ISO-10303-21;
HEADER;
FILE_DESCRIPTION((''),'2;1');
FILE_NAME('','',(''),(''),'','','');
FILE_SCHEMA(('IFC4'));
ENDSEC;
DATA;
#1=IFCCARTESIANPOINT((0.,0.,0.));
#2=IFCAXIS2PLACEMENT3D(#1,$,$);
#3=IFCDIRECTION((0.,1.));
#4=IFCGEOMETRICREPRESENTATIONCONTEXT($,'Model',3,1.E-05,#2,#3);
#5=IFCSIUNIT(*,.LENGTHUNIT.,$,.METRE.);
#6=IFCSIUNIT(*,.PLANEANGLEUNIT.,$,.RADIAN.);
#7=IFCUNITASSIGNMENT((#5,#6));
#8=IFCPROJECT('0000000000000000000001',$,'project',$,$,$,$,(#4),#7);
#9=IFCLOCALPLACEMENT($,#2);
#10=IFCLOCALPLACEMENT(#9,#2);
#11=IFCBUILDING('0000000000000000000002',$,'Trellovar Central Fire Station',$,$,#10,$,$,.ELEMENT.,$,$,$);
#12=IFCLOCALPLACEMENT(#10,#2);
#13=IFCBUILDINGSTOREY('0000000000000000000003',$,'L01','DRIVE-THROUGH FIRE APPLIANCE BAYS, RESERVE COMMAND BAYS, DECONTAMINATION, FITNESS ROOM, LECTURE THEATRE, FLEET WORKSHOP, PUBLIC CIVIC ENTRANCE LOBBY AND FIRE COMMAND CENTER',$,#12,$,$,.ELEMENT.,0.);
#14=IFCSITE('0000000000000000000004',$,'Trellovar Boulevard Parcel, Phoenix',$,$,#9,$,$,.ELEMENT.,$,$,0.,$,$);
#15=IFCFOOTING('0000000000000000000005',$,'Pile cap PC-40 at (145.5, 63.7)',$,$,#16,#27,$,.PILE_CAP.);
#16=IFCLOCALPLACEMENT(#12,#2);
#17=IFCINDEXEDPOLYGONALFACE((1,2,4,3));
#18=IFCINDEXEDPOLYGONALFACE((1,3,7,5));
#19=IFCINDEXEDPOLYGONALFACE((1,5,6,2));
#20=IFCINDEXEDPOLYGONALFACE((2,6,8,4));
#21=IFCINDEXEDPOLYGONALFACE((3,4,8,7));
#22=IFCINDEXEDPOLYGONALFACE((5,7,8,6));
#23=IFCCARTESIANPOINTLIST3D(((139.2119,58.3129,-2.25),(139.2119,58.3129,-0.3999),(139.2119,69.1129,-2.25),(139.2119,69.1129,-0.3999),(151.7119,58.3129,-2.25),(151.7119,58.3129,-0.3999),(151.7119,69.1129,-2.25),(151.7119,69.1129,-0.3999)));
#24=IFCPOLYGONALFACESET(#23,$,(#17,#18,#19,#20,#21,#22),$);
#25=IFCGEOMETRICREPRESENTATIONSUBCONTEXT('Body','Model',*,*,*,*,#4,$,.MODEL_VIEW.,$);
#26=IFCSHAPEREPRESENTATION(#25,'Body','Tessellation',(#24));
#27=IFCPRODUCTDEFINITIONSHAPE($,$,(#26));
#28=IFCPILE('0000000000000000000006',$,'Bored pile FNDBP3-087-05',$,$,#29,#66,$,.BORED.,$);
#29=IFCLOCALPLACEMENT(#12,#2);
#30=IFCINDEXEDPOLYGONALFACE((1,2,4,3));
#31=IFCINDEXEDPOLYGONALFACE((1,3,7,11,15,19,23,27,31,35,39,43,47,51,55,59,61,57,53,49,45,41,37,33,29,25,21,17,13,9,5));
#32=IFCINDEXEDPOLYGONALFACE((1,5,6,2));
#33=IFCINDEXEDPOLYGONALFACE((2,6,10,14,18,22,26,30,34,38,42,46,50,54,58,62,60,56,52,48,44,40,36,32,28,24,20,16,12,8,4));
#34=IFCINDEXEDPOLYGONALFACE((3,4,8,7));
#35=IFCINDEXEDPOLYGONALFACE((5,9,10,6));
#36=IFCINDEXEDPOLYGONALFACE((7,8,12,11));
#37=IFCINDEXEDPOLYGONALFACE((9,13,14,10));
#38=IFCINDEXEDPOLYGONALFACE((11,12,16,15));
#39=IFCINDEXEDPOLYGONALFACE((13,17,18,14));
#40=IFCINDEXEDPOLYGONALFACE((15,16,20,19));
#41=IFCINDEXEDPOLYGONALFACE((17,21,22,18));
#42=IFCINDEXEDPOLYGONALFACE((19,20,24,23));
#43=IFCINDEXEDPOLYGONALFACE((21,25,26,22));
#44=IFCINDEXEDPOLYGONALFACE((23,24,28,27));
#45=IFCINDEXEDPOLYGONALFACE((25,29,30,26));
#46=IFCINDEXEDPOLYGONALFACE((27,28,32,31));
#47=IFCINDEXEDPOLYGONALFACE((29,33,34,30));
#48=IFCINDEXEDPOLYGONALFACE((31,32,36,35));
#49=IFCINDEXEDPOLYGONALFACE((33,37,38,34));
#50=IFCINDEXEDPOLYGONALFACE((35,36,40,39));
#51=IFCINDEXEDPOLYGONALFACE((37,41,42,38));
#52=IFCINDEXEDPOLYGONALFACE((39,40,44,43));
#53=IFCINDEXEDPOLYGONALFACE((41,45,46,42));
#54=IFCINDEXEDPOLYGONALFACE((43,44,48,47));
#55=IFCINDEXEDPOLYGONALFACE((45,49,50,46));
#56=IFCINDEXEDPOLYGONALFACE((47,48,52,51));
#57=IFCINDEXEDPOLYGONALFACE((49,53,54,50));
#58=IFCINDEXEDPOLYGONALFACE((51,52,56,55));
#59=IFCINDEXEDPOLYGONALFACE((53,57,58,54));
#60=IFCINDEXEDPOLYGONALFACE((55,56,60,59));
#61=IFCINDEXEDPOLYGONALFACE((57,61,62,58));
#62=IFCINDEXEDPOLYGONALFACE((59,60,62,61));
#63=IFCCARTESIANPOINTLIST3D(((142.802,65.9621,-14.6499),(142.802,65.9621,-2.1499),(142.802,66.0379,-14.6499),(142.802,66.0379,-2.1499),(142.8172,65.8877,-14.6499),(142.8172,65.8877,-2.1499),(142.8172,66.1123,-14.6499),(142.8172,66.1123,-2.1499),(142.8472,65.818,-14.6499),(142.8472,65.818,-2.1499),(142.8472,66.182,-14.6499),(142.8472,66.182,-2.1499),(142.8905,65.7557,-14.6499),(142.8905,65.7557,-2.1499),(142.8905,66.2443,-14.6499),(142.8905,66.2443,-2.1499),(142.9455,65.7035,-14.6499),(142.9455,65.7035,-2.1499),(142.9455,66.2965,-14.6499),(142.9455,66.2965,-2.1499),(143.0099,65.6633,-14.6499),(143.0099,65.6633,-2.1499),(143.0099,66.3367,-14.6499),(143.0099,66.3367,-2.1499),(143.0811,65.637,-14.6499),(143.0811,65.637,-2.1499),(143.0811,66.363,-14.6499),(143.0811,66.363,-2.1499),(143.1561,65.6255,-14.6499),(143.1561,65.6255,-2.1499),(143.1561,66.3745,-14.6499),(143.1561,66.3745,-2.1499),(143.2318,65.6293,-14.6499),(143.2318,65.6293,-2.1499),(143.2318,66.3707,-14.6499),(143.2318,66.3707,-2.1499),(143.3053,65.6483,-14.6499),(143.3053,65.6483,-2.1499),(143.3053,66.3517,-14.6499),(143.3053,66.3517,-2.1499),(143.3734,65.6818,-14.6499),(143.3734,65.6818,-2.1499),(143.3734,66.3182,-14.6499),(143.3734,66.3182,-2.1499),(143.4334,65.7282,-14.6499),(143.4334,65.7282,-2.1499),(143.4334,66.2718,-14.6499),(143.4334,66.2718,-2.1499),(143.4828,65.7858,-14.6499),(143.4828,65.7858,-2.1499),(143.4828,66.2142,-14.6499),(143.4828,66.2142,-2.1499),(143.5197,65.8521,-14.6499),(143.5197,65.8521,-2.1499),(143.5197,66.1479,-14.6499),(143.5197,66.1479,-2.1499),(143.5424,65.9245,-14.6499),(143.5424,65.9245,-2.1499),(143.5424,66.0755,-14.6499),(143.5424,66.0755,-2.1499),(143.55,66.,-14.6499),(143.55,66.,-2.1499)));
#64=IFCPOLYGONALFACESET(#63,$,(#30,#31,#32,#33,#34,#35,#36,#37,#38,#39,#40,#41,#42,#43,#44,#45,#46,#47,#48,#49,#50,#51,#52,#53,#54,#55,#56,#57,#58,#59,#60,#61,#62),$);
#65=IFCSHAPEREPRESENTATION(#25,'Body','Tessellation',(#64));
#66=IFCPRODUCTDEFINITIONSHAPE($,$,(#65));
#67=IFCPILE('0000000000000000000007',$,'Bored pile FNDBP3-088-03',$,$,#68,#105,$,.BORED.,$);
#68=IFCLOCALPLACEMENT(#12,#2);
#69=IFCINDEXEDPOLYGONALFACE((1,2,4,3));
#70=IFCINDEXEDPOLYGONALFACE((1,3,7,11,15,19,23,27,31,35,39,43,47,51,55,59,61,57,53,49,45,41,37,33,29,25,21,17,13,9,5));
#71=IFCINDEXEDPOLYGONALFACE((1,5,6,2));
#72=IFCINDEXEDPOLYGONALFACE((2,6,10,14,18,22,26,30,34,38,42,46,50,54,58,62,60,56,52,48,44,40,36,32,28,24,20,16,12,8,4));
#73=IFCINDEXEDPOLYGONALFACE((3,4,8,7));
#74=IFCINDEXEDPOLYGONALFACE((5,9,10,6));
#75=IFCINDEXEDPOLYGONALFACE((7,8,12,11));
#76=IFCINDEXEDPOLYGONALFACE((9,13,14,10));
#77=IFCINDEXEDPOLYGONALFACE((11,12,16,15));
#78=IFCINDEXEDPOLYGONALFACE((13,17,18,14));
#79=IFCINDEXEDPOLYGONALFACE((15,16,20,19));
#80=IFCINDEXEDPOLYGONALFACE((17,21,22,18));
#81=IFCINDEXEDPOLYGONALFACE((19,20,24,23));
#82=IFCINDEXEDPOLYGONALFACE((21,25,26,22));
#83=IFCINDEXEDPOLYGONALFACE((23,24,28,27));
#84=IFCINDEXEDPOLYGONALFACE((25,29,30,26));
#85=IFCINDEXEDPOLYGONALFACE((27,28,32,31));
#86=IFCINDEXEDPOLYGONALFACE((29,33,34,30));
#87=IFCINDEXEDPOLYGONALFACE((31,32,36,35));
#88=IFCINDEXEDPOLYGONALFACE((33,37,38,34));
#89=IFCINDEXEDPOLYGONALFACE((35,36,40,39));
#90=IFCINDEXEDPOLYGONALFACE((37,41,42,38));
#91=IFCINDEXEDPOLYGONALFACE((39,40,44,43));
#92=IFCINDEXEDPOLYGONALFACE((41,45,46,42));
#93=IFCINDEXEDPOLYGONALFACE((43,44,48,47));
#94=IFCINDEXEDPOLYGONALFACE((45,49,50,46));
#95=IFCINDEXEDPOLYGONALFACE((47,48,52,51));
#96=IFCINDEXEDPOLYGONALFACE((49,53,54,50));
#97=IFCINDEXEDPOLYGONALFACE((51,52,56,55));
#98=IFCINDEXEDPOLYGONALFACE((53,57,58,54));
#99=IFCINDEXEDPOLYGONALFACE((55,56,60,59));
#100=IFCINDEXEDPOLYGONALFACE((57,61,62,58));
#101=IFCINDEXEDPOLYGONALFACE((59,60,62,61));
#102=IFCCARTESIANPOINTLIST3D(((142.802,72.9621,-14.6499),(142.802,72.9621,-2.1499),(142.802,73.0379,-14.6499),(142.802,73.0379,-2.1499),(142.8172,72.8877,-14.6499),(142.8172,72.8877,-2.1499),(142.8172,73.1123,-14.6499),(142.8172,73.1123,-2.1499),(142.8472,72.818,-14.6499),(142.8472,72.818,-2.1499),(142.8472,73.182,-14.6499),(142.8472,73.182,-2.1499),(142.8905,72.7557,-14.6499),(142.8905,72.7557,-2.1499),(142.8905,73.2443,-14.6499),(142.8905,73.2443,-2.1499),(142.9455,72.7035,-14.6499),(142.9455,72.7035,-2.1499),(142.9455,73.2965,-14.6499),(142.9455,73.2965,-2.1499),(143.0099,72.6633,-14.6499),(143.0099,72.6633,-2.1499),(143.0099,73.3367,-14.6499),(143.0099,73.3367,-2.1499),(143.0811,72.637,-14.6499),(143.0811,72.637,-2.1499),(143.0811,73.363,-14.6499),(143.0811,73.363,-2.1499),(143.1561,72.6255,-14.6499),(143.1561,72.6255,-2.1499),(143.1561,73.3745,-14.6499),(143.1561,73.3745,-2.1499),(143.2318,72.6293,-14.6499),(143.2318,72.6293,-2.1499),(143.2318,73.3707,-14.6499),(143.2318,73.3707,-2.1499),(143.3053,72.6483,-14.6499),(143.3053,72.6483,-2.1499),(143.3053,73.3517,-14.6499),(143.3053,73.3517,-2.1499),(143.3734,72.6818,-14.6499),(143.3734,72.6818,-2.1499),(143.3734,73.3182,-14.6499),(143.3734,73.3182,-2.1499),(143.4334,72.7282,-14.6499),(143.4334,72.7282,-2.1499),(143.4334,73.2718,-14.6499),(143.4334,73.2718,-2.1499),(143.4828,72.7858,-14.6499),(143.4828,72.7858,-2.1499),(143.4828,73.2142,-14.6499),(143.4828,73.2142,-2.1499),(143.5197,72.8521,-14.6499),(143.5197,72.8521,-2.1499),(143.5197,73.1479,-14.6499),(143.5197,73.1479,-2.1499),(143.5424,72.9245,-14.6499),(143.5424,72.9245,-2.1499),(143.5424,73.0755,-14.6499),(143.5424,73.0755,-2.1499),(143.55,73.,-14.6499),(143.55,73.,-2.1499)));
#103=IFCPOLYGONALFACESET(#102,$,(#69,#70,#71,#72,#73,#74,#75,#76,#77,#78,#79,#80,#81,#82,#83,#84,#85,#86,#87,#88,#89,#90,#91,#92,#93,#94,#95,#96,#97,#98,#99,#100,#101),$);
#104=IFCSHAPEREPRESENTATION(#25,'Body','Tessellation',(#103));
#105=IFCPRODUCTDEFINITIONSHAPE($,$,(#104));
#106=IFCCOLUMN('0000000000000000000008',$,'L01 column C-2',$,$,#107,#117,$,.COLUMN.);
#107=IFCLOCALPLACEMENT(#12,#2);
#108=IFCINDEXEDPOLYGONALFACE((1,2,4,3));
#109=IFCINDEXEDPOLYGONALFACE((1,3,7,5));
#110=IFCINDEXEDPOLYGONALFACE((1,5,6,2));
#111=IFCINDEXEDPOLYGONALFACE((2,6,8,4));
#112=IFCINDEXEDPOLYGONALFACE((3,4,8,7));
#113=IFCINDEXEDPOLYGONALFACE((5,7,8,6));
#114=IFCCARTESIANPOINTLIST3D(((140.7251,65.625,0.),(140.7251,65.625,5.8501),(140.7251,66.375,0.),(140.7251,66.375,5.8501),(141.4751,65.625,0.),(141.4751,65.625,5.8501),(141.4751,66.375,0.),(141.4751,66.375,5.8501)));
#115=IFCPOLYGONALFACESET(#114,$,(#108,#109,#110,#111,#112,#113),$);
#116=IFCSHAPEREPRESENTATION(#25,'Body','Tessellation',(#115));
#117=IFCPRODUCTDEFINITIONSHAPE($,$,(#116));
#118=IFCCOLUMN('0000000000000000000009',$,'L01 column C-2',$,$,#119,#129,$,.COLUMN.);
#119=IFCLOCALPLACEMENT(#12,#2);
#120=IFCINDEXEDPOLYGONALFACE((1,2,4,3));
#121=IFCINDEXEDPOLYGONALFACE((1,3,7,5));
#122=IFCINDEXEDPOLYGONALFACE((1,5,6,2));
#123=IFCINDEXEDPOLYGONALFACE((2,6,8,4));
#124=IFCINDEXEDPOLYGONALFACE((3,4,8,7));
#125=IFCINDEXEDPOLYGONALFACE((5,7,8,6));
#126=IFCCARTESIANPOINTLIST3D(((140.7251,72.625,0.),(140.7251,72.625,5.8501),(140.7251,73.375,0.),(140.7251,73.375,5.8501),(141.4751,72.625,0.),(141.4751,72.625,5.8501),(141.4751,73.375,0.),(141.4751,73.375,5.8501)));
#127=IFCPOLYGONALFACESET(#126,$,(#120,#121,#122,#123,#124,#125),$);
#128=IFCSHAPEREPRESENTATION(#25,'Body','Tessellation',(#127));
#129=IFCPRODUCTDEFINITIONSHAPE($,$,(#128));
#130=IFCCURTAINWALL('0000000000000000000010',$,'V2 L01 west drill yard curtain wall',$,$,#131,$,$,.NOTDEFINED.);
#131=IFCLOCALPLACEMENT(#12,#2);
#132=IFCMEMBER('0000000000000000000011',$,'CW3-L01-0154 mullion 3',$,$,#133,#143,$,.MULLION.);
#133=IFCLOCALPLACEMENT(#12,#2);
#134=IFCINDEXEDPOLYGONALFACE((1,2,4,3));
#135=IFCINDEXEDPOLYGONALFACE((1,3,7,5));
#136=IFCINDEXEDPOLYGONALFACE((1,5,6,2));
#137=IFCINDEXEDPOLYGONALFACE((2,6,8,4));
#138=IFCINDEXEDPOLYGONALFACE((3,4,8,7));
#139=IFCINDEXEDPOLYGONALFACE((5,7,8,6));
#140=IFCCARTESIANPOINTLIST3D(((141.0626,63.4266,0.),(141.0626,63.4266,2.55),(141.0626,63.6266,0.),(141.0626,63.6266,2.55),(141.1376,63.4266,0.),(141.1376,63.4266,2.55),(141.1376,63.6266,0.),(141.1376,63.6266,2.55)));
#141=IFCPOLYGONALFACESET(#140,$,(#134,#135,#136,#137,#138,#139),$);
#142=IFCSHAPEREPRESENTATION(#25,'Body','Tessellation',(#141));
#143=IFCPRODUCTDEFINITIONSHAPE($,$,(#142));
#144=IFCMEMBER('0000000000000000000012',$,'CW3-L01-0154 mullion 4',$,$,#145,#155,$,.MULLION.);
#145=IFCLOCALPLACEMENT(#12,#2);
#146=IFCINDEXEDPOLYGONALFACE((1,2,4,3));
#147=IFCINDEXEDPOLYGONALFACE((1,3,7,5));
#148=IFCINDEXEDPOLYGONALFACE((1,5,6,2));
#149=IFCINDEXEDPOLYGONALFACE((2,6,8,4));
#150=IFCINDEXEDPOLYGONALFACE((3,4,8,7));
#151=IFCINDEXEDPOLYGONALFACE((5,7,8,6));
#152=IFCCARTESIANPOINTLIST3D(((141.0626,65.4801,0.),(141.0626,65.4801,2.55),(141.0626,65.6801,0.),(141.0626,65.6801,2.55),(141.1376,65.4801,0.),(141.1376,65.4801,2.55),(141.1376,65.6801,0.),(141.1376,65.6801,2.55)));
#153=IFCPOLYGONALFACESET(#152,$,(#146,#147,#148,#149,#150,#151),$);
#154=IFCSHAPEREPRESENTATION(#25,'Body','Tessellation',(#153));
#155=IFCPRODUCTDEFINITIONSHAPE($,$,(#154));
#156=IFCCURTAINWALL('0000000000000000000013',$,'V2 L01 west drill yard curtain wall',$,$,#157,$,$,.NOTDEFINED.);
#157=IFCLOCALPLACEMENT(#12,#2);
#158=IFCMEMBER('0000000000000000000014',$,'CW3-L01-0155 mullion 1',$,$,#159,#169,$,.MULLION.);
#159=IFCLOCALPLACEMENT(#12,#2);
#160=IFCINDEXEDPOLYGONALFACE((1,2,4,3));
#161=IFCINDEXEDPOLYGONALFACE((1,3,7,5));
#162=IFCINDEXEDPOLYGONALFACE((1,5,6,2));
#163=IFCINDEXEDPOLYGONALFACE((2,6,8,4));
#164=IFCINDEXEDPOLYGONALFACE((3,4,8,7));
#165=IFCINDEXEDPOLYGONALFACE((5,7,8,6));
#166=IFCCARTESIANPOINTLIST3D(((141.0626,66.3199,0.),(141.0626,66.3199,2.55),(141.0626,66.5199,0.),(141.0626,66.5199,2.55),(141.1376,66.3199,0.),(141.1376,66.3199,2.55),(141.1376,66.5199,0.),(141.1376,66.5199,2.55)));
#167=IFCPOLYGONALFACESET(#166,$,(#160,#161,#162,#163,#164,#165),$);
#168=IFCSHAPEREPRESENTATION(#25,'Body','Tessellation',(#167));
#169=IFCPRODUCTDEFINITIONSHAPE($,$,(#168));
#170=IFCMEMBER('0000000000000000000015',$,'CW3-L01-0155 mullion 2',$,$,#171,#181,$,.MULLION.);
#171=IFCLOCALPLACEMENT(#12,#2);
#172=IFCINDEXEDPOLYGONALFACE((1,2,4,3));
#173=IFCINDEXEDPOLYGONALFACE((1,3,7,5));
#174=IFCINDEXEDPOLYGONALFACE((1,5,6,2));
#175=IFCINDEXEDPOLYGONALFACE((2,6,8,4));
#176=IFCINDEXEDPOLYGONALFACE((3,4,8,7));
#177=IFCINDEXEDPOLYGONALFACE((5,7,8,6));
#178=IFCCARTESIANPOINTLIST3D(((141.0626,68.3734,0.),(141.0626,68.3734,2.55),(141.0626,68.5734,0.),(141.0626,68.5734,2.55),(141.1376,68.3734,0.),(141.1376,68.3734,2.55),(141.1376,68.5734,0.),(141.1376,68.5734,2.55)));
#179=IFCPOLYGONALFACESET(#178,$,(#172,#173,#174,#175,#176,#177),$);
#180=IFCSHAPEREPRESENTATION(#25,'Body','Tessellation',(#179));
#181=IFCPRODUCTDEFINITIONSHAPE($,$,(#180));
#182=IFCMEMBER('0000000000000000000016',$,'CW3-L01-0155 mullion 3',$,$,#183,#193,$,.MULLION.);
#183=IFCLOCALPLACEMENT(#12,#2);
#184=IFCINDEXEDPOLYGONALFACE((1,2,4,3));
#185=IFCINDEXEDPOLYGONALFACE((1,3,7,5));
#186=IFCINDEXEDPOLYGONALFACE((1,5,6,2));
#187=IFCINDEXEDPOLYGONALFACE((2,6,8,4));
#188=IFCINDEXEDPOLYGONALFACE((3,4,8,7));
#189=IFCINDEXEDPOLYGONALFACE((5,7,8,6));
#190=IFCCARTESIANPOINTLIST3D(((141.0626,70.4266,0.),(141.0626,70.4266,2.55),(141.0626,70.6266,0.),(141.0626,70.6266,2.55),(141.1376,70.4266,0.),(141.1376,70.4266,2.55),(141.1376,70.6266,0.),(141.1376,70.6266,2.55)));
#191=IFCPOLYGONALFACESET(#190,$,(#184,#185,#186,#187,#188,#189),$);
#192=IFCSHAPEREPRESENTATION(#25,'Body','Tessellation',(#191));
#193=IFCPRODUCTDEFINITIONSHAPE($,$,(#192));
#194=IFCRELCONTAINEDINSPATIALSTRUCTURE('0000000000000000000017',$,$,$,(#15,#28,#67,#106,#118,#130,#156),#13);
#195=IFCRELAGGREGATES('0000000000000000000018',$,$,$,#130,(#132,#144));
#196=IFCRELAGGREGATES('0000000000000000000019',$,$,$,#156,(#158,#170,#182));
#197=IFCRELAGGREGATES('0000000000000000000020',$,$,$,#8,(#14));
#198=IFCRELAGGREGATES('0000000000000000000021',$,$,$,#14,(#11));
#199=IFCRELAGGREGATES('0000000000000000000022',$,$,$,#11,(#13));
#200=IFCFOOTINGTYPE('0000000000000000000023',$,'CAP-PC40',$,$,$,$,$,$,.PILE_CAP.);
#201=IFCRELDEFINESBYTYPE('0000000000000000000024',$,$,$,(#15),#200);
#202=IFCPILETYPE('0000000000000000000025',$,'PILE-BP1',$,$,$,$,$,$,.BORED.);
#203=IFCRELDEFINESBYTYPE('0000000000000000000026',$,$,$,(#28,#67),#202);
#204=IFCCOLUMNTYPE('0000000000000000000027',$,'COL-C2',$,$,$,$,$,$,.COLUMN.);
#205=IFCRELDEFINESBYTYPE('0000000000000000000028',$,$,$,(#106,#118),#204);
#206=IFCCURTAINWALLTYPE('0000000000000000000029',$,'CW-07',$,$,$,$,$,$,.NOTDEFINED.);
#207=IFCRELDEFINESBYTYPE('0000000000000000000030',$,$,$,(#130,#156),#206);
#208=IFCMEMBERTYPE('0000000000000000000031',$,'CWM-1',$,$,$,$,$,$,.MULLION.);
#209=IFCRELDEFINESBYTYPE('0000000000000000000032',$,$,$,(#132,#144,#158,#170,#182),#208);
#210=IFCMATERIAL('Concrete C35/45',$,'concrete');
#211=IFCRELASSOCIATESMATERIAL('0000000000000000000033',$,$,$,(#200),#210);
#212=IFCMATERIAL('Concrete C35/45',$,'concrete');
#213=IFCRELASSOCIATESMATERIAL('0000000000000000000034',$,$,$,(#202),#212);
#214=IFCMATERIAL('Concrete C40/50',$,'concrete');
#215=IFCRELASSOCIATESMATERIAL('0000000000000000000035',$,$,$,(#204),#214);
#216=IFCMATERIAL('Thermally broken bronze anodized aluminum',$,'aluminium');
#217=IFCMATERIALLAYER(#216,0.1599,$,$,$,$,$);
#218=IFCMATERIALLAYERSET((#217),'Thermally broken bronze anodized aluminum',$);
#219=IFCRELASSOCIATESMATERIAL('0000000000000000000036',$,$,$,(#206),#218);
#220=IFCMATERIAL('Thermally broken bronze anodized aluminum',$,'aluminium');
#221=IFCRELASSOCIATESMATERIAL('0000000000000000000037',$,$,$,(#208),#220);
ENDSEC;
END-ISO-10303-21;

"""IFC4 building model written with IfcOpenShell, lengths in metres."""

from ifc_helpers import new_model, si_unit, direction, frame, origin, origin_2d, place, context, subcontext, project, spatial, rectangle, circle, extrude, material, layer, layer_set, material_profile, profile_set, type_object, element, aggregate, save


model = new_model("IFC4")

# Units and contexts
model_context = context("Model", 3, precision=1e-05, world=origin(), true_north=direction((0.0, 1.0)))
body_context = subcontext(model_context, "Body", "Model", "MODEL_VIEW")
ifc_project = project(units=[si_unit("LENGTHUNIT", "METRE"), si_unit("PLANEANGLEUNIT", "RADIAN")], contexts=[model_context])

# Site, building, storey
site_placement = place(None, origin())
site = spatial("IfcSite", under=ifc_project, at=site_placement, Name="Trellovar Boulevard Parcel, Phoenix", CompositionType="ELEMENT", RefElevation=0.0)
building_placement = place(site_placement, origin())
building = spatial("IfcBuilding", under=site, at=building_placement, Name="Trellovar Central Fire Station", CompositionType="ELEMENT")
storey_placement = place(building_placement, origin())
storey = spatial("IfcBuildingStorey", under=building, at=storey_placement, Name="L01", Description="DRIVE-THROUGH FIRE APPLIANCE BAYS, RESERVE COMMAND BAYS, DECONTAMINATION, FITNESS ROOM, LECTURE THEATRE, FLEET WORKSHOP, PUBLIC CIVIC ENTRANCE LOBBY AND FIRE COMMAND CENTER", CompositionType="ELEMENT", Elevation=0.0)

# Footing
ifc_material_1 = material(Name="Concrete C35/45", Category="concrete")
footing_type = type_object("IfcFootingType", Name="CAP-PC40", PredefinedType="PILE_CAP", material=ifc_material_1)
footing_placement = place(storey_placement, frame((145.4619, 63.7129, -2.25), z_axis=(0.0, 0.0, 1.0), x_axis=(1.0, 0.0, 0.0)))
element("IfcFooting", 1, at=footing_placement, inside=storey, type_object=footing_type, Name="Pile cap PC-40 at (145.5, 63.7)", PredefinedType="PILE_CAP", context=body_context, shape_type="SweptSolid", body=[
    extrude(rectangle(XDim=12.5, YDim=10.8, at=origin_2d()), origin(), (0.0, 0.0, 1.0), 1.8501),
])

# Piles
ifc_material_2 = material(Name="Concrete C35/45", Category="concrete")
ifc_material_profile_1 = material_profile(ifc_material_2, circle(Radius=0.375, at=origin_2d()), Name="PILE750")
ifc_profile_set_1 = profile_set([ifc_material_profile_1], Name="Concrete C35/45")
pile_type = type_object("IfcPileType", Name="PILE-BP1", PredefinedType="BORED", material=ifc_profile_set_1)
for number, where, z_axis, x_axis, name in (
    (2, (143.175, 66.0, -2.1499), (0.0, 0.0, -1.0), (1.0, 0.0, 0.0), "Bored pile FNDBP3-087-05"),
    (3, (143.175, 73.0, -2.1499), (0.0, 0.0, -1.0), (1.0, 0.0, 0.0), "Bored pile FNDBP3-088-03"),
):
    element("IfcPile", number, at=place(storey_placement, frame(where, z_axis=z_axis, x_axis=x_axis)), inside=storey, type_object=pile_type, Name=name, PredefinedType="BORED", context=body_context, shape_type="SweptSolid", body=[
        extrude(circle(Radius=0.375, at=origin_2d()), origin(), (0.0, 0.0, 1.0), 12.5),
    ])

# Columns
ifc_material_3 = material(Name="Concrete C40/50", Category="concrete")
ifc_material_profile_2 = material_profile(ifc_material_3, rectangle(XDim=0.75, YDim=0.75, at=origin_2d()), Name="RC750X750")
ifc_profile_set_2 = profile_set([ifc_material_profile_2], Name="Concrete C40/50")
column_type = type_object("IfcColumnType", Name="COL-C2", PredefinedType="COLUMN", material=ifc_profile_set_2)
for number, where, z_axis, x_axis, name in (
    (4, (141.1001, 66.0, 0.0), (0.0, 0.0, 1.0), (1.0, 0.0, 0.0), "L01 column C-2"),
    (5, (141.1001, 73.0, 0.0), (0.0, 0.0, 1.0), (1.0, 0.0, 0.0), "L01 column C-2"),
):
    element("IfcColumn", number, at=place(storey_placement, frame(where, z_axis=z_axis, x_axis=x_axis)), inside=storey, type_object=column_type, Name=name, PredefinedType="COLUMN", context=body_context, shape_type="SweptSolid", body=[
        extrude(rectangle(XDim=0.75, YDim=0.75, at=origin_2d()), origin(), (0.0, 0.0, 1.0), 5.8501),
    ])

# Curtain walls, members
ifc_material_4 = material(Name="Thermally broken bronze anodized aluminum", Category="aluminium")
ifc_layer_1 = layer(ifc_material_4, 0.1599)
ifc_layer_set_1 = layer_set([ifc_layer_1], Name="Thermally broken bronze anodized aluminum")
curtain_wall_type = type_object("IfcCurtainWallType", Name="CW-07", PredefinedType="NOTDEFINED", material=ifc_layer_set_1)
curtain_wall_1_placement = place(storey_placement, origin())
curtain_wall_1 = element("IfcCurtainWall", 6, at=curtain_wall_1_placement, inside=storey, type_object=curtain_wall_type, Name="V2 L01 west drill yard curtain wall", PredefinedType="NOTDEFINED")
ifc_material_5 = material(Name="Thermally broken bronze anodized aluminum", Category="aluminium")
ifc_material_profile_3 = material_profile(ifc_material_5, rectangle(XDim=0.075, YDim=0.2, at=origin_2d()), Name="ALU75X200")
ifc_profile_set_3 = profile_set([ifc_material_profile_3], Name="Thermally broken bronze anodized aluminum")
member_type_1 = type_object("IfcMemberType", Name="CWM-1", PredefinedType="MULLION", material=ifc_profile_set_3)
member_1_placement = place(storey_placement, frame((141.1001, 63.5266, 0.0), z_axis=(0.0, 0.0, 1.0), x_axis=(1.0, 0.0, 0.0)))
member_1 = element("IfcMember", 7, at=member_1_placement, type_object=member_type_1, Name="CW3-L01-0154 mullion 3", PredefinedType="MULLION", context=body_context, shape_type="SweptSolid", body=[
    extrude(rectangle(XDim=0.075, YDim=0.2, at=origin_2d()), origin(), (0.0, 0.0, 1.0), 2.55),
])
member_2_placement = place(storey_placement, frame((141.1001, 65.5801, 0.0), z_axis=(0.0, 0.0, 1.0), x_axis=(1.0, 0.0, 0.0)))
member_2 = element("IfcMember", 8, at=member_2_placement, type_object=member_type_1, Name="CW3-L01-0154 mullion 4", PredefinedType="MULLION", context=body_context, shape_type="SweptSolid", body=[
    extrude(rectangle(XDim=0.075, YDim=0.2, at=origin_2d()), origin(), (0.0, 0.0, 1.0), 2.55),
])
curtain_wall_2_placement = place(storey_placement, origin())
curtain_wall_2 = element("IfcCurtainWall", 9, at=curtain_wall_2_placement, inside=storey, type_object=curtain_wall_type, Name="V2 L01 west drill yard curtain wall", PredefinedType="NOTDEFINED")
member_3_placement = place(storey_placement, frame((141.1001, 66.4199, 0.0), z_axis=(0.0, 0.0, 1.0), x_axis=(1.0, 0.0, 0.0)))
member_3 = element("IfcMember", 10, at=member_3_placement, type_object=member_type_1, Name="CW3-L01-0155 mullion 1", PredefinedType="MULLION", context=body_context, shape_type="SweptSolid", body=[
    extrude(rectangle(XDim=0.075, YDim=0.2, at=origin_2d()), origin(), (0.0, 0.0, 1.0), 2.55),
])
member_4_placement = place(storey_placement, frame((141.1001, 68.4734, 0.0), z_axis=(0.0, 0.0, 1.0), x_axis=(1.0, 0.0, 0.0)))
member_4 = element("IfcMember", 11, at=member_4_placement, type_object=member_type_1, Name="CW3-L01-0155 mullion 2", PredefinedType="MULLION", context=body_context, shape_type="SweptSolid", body=[
    extrude(rectangle(XDim=0.075, YDim=0.2, at=origin_2d()), origin(), (0.0, 0.0, 1.0), 2.55),
])
member_5_placement = place(storey_placement, frame((141.1001, 70.5266, 0.0), z_axis=(0.0, 0.0, 1.0), x_axis=(1.0, 0.0, 0.0)))
member_5 = element("IfcMember", 12, at=member_5_placement, type_object=member_type_1, Name="CW3-L01-0155 mullion 3", PredefinedType="MULLION", context=body_context, shape_type="SweptSolid", body=[
    extrude(rectangle(XDim=0.075, YDim=0.2, at=origin_2d()), origin(), (0.0, 0.0, 1.0), 2.55),
])

aggregate(curtain_wall_1, [member_1, member_2])
aggregate(curtain_wall_2, [member_3, member_4, member_5])

save(model, "model.ifc")
